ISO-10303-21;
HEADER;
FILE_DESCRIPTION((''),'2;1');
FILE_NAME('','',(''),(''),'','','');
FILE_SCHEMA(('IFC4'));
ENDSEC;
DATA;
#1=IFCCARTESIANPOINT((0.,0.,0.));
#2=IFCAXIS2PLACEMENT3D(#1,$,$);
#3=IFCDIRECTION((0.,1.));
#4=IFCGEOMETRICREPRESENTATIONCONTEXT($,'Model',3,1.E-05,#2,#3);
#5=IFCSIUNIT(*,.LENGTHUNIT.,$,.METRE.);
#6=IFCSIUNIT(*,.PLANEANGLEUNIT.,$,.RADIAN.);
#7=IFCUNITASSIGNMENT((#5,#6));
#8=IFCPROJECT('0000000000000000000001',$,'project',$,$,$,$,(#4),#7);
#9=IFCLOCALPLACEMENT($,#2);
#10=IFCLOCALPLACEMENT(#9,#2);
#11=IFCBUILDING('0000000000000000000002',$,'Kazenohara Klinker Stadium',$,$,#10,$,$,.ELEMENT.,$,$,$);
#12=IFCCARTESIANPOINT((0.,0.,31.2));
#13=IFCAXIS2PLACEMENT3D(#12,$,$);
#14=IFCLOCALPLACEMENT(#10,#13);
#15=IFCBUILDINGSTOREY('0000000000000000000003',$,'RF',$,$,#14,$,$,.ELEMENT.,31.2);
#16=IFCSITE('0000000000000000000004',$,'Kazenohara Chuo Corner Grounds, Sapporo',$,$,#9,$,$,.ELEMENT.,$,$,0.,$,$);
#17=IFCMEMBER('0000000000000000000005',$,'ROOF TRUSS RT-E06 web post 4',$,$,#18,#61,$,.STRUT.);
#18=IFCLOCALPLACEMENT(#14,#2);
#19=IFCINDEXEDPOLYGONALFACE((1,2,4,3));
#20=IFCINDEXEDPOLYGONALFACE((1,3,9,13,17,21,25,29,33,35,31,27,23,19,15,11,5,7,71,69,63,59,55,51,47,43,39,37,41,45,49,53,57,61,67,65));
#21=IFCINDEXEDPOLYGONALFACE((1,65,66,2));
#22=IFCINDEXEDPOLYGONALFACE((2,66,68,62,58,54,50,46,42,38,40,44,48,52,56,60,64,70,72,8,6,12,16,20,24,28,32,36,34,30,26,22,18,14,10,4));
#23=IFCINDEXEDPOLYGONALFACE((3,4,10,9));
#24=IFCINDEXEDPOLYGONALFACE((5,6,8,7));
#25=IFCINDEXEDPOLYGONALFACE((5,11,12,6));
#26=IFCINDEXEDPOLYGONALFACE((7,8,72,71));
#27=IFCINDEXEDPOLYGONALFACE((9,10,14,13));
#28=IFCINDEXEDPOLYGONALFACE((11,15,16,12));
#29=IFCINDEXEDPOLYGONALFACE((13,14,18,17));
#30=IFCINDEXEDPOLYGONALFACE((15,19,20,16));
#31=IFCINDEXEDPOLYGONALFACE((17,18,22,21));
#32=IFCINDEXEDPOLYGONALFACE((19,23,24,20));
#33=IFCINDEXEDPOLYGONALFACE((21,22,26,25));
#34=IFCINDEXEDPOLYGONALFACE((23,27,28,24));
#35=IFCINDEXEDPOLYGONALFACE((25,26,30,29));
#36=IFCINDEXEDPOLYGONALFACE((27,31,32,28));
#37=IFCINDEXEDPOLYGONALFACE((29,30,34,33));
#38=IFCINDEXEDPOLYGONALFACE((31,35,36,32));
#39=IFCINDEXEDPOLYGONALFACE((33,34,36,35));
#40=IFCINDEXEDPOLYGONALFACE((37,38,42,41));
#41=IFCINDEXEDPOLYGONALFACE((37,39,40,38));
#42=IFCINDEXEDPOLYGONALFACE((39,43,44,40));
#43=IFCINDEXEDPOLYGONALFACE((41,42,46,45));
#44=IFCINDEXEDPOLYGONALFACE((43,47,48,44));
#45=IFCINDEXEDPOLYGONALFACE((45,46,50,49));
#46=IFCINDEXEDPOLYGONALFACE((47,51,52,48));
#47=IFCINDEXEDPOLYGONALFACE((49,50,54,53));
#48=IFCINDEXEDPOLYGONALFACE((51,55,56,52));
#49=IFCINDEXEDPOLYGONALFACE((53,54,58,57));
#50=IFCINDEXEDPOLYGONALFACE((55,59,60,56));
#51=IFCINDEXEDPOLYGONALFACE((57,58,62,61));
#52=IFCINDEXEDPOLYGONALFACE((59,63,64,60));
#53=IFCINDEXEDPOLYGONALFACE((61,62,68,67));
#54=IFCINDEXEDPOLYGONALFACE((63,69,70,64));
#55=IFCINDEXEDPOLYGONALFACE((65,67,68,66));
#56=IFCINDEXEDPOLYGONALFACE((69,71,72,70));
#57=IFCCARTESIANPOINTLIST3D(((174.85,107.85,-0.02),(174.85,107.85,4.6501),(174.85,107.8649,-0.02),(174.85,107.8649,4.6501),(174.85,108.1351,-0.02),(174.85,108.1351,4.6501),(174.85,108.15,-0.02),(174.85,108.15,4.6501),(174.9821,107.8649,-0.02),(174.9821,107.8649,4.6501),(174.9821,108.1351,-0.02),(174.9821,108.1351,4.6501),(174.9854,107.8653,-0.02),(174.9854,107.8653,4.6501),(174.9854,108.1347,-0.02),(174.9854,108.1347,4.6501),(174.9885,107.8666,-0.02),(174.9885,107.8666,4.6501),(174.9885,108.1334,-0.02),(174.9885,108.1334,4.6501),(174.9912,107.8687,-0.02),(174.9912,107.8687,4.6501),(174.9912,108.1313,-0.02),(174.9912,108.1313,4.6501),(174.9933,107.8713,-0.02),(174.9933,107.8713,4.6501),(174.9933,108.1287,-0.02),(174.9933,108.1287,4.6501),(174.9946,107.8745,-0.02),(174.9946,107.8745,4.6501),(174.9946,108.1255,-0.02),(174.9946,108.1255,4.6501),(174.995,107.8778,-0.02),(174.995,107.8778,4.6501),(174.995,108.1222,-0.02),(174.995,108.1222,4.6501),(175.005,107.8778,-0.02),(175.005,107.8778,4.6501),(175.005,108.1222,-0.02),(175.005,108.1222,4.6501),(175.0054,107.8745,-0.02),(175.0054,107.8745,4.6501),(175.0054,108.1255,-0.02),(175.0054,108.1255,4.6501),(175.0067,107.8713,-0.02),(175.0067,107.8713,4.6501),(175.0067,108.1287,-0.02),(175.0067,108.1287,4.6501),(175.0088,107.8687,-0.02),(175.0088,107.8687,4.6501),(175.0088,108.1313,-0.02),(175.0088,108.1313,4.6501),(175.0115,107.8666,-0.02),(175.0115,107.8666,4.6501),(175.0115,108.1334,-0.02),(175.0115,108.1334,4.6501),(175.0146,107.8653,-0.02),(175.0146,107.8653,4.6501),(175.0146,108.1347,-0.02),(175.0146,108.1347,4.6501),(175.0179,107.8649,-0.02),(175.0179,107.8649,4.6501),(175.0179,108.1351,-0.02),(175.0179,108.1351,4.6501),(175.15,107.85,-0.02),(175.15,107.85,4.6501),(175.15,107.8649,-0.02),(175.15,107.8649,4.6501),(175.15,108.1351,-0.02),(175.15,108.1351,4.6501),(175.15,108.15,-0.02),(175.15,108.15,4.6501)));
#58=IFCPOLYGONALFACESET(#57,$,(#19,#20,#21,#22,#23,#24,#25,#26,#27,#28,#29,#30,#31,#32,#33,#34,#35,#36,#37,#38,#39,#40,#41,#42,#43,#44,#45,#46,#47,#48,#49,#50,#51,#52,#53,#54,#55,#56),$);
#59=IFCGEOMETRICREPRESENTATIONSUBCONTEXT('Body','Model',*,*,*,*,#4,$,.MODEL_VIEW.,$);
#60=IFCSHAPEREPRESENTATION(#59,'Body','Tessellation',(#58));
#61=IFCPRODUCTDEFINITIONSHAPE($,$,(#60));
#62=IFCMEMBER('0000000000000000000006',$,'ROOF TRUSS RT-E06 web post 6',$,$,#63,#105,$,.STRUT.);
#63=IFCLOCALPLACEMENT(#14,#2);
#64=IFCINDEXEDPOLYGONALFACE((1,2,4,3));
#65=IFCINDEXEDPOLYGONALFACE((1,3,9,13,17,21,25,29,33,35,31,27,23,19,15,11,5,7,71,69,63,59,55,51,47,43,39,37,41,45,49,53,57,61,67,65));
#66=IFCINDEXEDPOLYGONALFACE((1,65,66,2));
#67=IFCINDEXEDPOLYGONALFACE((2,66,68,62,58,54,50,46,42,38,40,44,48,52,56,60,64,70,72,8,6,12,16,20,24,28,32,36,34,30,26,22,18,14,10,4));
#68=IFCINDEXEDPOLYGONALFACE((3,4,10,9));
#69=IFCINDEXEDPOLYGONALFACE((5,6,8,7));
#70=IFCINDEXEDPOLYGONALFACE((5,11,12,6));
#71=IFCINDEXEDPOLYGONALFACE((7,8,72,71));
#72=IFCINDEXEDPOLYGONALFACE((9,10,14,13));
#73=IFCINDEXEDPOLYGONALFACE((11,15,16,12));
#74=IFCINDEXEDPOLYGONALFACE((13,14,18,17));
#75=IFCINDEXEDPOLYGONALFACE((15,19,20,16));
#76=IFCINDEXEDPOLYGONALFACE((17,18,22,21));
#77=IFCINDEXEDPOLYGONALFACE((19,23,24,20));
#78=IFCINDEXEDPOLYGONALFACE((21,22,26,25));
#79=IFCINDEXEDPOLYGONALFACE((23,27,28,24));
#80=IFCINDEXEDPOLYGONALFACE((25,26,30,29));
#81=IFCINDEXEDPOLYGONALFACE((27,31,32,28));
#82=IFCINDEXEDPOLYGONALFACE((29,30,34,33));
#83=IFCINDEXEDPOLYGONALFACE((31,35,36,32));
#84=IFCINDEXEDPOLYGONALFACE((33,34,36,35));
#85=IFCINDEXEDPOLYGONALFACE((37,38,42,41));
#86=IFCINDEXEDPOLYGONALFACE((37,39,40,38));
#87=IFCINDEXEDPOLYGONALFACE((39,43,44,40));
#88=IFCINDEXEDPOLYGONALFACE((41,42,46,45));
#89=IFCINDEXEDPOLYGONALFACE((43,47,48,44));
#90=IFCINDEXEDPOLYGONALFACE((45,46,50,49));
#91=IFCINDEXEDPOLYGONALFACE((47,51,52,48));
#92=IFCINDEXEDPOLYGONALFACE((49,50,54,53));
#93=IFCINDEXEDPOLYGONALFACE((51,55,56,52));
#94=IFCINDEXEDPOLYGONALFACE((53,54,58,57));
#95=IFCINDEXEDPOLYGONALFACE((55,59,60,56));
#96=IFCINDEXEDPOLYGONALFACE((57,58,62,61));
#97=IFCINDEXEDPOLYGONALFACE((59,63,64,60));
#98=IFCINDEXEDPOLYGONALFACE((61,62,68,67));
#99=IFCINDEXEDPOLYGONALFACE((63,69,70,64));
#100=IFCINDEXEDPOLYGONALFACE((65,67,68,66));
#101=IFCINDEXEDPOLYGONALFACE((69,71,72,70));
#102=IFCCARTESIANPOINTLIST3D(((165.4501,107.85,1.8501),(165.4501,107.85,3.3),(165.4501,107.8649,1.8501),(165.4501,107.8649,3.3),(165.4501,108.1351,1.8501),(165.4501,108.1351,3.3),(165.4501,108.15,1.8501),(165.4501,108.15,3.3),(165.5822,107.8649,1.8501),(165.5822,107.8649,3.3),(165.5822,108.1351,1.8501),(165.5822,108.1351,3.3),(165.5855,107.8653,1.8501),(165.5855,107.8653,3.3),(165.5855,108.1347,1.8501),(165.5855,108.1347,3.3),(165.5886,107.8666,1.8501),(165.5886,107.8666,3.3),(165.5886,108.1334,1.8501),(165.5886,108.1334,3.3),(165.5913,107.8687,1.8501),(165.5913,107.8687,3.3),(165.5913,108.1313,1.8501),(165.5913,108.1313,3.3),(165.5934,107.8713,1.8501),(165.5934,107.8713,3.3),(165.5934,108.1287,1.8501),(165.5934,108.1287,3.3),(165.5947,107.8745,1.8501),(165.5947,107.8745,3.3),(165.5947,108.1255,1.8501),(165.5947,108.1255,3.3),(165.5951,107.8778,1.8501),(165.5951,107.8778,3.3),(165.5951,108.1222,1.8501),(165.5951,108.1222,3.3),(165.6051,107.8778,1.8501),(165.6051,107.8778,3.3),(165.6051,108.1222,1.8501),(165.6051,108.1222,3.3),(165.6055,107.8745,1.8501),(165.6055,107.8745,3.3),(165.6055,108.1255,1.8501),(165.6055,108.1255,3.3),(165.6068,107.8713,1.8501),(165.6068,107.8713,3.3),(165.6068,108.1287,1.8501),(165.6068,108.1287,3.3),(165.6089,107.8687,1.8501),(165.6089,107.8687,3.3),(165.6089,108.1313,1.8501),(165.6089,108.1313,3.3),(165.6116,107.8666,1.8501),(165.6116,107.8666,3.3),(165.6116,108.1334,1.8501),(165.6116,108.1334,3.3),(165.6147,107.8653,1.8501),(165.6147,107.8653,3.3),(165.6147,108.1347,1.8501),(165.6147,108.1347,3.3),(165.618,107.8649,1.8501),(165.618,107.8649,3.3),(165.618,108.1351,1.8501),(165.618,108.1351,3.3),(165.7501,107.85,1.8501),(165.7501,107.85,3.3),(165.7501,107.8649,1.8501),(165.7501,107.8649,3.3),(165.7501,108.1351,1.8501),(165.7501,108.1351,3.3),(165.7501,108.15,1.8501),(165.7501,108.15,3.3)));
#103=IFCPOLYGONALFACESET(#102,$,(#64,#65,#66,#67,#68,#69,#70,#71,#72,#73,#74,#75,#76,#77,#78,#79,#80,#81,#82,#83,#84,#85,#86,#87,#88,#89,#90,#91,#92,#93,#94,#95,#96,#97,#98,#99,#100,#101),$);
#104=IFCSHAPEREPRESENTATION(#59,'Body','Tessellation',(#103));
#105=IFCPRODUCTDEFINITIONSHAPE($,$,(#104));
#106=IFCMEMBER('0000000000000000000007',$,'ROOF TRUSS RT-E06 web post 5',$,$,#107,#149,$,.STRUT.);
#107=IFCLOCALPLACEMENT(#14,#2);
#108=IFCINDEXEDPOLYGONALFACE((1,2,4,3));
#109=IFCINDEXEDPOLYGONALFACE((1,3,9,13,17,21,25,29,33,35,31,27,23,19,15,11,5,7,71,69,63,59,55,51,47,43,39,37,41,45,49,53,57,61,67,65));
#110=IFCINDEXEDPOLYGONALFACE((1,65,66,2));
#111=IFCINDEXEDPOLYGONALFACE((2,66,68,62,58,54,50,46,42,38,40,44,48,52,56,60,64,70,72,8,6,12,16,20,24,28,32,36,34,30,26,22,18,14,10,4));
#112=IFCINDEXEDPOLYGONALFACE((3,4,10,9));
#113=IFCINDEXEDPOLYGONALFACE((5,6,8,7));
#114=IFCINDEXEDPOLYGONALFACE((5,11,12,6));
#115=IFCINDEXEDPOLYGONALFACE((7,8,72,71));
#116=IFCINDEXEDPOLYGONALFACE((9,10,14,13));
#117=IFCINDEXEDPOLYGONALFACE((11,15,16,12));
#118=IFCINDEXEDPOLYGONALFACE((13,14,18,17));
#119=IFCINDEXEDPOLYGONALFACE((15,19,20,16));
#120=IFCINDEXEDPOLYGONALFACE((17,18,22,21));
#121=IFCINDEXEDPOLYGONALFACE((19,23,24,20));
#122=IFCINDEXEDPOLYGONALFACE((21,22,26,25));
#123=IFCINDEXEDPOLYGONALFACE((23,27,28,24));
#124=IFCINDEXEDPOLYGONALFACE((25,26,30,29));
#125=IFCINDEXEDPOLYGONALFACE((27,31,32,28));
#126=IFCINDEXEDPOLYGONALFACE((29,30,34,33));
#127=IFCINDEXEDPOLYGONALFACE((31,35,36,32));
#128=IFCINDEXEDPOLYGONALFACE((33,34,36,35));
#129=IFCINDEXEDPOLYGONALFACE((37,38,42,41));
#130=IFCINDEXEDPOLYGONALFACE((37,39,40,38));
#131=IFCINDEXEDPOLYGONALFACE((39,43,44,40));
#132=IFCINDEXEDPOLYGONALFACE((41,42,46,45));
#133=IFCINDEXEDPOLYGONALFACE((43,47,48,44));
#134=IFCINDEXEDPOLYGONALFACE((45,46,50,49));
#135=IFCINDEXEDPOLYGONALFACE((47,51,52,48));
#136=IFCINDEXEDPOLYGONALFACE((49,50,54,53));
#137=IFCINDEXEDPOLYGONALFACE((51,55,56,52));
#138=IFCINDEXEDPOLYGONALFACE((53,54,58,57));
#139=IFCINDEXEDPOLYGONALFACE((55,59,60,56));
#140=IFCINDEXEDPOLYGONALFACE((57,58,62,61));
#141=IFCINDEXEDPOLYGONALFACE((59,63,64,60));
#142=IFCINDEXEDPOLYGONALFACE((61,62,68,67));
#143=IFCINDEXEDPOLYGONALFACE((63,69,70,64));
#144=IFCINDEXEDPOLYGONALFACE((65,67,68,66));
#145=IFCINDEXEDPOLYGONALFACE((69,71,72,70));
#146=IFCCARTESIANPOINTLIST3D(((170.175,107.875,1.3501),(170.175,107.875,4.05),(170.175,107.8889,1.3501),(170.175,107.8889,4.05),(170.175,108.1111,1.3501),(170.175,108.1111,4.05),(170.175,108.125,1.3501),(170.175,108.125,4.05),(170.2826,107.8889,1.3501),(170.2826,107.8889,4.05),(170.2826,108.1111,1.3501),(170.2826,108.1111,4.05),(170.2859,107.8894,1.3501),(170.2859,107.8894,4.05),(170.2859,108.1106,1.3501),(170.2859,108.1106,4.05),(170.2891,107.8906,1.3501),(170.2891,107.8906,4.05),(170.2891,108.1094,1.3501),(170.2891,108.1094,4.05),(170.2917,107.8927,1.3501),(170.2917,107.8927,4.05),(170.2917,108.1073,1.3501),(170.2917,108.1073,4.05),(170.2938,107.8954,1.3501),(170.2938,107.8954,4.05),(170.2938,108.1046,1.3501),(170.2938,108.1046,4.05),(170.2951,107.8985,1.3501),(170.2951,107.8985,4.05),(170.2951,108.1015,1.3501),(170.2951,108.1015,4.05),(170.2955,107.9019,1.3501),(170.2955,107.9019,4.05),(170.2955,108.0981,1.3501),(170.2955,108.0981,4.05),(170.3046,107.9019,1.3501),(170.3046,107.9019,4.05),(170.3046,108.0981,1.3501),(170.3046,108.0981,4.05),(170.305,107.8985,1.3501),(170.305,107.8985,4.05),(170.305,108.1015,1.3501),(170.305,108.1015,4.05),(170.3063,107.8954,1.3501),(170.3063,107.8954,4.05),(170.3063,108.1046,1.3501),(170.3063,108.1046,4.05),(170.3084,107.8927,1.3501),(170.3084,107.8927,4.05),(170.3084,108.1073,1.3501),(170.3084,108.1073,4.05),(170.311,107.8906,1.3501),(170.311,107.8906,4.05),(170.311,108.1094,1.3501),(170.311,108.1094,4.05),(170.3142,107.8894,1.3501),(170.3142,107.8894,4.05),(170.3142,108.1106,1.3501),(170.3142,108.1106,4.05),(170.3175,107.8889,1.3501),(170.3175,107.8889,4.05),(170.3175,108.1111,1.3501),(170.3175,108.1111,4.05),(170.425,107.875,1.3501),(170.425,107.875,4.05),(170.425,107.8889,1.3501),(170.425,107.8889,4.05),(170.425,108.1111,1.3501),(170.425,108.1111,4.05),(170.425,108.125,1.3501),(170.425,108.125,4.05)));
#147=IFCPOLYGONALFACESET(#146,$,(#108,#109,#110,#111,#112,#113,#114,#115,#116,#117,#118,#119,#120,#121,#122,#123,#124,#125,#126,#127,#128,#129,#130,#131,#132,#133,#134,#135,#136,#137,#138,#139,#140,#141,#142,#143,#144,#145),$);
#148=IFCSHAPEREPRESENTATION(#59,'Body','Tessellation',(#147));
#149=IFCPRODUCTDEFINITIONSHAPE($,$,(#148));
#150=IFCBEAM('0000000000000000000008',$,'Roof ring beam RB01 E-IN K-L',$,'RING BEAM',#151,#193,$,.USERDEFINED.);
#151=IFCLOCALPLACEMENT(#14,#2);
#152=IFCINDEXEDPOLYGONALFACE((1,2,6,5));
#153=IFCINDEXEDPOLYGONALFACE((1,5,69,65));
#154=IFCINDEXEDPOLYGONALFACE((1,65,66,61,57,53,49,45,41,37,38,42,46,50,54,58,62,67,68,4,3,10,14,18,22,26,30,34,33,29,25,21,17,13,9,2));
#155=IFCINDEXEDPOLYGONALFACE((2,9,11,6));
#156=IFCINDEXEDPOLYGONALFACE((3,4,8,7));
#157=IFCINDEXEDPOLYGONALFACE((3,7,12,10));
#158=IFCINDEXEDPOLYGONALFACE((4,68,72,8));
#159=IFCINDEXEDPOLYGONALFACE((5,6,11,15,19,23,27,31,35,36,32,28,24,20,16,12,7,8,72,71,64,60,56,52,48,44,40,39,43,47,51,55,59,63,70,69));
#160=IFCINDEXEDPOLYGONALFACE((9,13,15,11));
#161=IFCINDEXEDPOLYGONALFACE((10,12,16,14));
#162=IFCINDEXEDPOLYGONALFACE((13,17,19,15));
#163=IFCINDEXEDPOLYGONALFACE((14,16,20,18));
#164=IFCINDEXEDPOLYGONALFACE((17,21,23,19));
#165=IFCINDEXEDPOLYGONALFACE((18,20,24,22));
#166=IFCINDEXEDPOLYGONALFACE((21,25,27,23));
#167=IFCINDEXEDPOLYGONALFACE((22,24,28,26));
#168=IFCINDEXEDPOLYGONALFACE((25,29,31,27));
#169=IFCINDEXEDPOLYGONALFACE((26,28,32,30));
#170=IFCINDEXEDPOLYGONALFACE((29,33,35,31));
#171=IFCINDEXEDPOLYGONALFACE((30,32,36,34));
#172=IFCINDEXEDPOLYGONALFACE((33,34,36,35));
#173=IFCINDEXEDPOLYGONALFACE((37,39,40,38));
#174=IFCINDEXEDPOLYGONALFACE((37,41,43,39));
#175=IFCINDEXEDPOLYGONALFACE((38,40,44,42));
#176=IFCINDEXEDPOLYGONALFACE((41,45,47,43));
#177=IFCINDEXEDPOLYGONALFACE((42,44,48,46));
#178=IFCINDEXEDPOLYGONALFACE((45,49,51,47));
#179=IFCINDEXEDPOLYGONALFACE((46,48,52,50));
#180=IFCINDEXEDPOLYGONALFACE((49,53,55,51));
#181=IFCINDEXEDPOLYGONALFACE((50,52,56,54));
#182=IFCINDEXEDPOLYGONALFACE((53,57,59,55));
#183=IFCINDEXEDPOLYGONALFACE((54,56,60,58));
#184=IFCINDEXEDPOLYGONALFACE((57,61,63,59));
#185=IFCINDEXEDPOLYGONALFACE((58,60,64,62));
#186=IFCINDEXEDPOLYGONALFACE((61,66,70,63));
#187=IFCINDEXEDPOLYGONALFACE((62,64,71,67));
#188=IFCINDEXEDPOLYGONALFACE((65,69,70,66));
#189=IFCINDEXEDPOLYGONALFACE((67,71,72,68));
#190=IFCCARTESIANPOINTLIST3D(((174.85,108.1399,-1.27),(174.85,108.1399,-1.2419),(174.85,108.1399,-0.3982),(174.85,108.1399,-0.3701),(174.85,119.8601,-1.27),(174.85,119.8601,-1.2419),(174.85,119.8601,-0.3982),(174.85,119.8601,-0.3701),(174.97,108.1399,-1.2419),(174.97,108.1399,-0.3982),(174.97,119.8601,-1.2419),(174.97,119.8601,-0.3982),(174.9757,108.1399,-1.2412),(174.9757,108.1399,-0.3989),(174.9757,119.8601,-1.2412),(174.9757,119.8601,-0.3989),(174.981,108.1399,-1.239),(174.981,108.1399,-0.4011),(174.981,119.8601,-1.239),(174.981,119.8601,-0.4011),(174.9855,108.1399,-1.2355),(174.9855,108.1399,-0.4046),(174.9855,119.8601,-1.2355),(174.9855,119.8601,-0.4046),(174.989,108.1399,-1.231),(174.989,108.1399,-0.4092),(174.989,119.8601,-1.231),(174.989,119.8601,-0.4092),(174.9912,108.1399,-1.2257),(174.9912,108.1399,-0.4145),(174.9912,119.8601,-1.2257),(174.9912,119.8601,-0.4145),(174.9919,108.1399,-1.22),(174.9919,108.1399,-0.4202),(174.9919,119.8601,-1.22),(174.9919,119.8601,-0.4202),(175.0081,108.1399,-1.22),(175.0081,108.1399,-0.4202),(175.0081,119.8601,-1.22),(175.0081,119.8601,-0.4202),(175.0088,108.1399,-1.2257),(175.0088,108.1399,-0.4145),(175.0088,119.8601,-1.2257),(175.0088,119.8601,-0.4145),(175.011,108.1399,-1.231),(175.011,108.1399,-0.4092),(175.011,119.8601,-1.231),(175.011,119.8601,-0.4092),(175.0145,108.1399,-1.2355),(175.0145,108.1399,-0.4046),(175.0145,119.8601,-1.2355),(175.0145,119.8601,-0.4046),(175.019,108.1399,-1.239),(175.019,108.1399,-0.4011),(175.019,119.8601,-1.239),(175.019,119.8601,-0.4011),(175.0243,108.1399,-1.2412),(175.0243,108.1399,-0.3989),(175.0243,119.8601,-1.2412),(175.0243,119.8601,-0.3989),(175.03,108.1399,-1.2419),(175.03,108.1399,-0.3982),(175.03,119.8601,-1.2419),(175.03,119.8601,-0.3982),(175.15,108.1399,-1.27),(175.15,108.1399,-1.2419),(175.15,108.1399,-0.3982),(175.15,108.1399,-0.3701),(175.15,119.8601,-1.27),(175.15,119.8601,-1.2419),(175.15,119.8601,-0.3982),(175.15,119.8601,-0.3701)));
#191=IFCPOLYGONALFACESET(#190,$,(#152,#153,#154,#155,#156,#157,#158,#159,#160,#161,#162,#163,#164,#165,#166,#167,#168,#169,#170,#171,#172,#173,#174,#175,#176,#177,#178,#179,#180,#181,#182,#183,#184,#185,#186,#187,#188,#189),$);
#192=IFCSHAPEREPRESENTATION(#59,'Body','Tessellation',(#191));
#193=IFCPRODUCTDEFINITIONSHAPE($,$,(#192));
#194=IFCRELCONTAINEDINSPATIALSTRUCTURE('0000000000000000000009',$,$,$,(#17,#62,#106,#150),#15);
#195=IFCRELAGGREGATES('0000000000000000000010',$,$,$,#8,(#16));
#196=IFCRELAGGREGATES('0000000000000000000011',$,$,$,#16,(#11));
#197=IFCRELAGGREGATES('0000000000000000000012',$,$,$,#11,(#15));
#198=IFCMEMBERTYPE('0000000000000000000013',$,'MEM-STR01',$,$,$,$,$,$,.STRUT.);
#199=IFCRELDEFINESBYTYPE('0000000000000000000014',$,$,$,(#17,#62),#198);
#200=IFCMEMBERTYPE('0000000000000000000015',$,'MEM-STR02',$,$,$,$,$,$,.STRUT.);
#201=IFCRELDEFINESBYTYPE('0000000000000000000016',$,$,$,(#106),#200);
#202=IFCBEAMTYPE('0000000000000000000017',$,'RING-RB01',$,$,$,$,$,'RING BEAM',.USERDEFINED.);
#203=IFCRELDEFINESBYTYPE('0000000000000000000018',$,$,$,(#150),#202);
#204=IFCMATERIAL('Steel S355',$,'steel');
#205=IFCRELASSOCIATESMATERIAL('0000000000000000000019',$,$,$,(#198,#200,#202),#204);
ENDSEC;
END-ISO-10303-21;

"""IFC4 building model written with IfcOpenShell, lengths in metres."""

from ifc_helpers import new_model, si_unit, direction, frame, origin, origin_2d, place, context, subcontext, project, spatial, i_section, extrude, material, material_profile, profile_set, type_object, element, save


model = new_model("IFC4")

# Units and contexts
model_context = context("Model", 3, precision=1e-05, world=origin(), true_north=direction((0.0, 1.0)))
body_context = subcontext(model_context, "Body", "Model", "MODEL_VIEW")
ifc_project = project(units=[si_unit("LENGTHUNIT", "METRE"), si_unit("PLANEANGLEUNIT", "RADIAN")], contexts=[model_context])

# Site, building, storey
site_placement = place(None, origin())
site = spatial("IfcSite", under=ifc_project, at=site_placement, Name="Kazenohara Chuo Corner Grounds, Sapporo", CompositionType="ELEMENT", RefElevation=0.0)
building_placement = place(site_placement, origin())
building = spatial("IfcBuilding", under=site, at=building_placement, Name="Kazenohara Klinker Stadium", CompositionType="ELEMENT")
storey_placement = place(building_placement, frame((0.0, 0.0, 31.2)))
storey = spatial("IfcBuildingStorey", under=building, at=storey_placement, Name="RF", CompositionType="ELEMENT", Elevation=31.2)

# Members
ifc_material_1 = material(Name="Steel S355", Category="steel")
ifc_material_profile_1 = material_profile(ifc_material_1, i_section(OverallWidth=0.3, OverallDepth=0.3, WebThickness=0.01, FlangeThickness=0.0149, FilletRadius=0.0129, at=origin_2d()), Name="H-300x300x10x15")
ifc_profile_set_1 = profile_set([ifc_material_profile_1], Name="Steel S355")
member_type_1 = type_object("IfcMemberType", Name="MEM-STR01", PredefinedType="STRUT", material=ifc_profile_set_1)
member_1_placement = place(storey_placement, frame((175.0, 108.0, -0.02), z_axis=(0.0, 0.0, 1.0), x_axis=(1.0, 0.0, 0.0)))
element("IfcMember", 1, at=member_1_placement, inside=storey, type_object=member_type_1, Name="ROOF TRUSS RT-E06 web post 4", PredefinedType="STRUT", context=body_context, shape_type="SweptSolid", body=[
    extrude(i_section(OverallWidth=0.3, OverallDepth=0.3, WebThickness=0.01, FlangeThickness=0.0149, FilletRadius=0.0129, at=origin_2d()), origin(), (0.0, 0.0, 1.0), 4.6702),
])
member_2_placement = place(storey_placement, frame((165.6001, 108.0, 1.8501), z_axis=(0.0, 0.0, 1.0), x_axis=(1.0, 0.0, 0.0)))
element("IfcMember", 2, at=member_2_placement, inside=storey, type_object=member_type_1, Name="ROOF TRUSS RT-E06 web post 6", PredefinedType="STRUT", context=body_context, shape_type="SweptSolid", body=[
    extrude(i_section(OverallWidth=0.3, OverallDepth=0.3, WebThickness=0.01, FlangeThickness=0.0149, FilletRadius=0.0129, at=origin_2d()), origin(), (0.0, 0.0, 1.0), 1.45),
])
ifc_material_profile_2 = material_profile(ifc_material_1, i_section(OverallWidth=0.25, OverallDepth=0.25, WebThickness=0.009, FlangeThickness=0.0139, FilletRadius=0.0129, at=origin_2d()), Name="H-250x250x9x14")
ifc_profile_set_2 = profile_set([ifc_material_profile_2], Name="Steel S355")
member_type_2 = type_object("IfcMemberType", Name="MEM-STR02", PredefinedType="STRUT", material=ifc_profile_set_2)
member_3_placement = place(storey_placement, frame((170.3, 108.0, 1.3501), z_axis=(0.0, 0.0, 1.0), x_axis=(1.0, 0.0, 0.0)))
element("IfcMember", 3, at=member_3_placement, inside=storey, type_object=member_type_2, Name="ROOF TRUSS RT-E06 web post 5", PredefinedType="STRUT", context=body_context, shape_type="SweptSolid", body=[
    extrude(i_section(OverallWidth=0.25, OverallDepth=0.25, WebThickness=0.009, FlangeThickness=0.0139, FilletRadius=0.0129, at=origin_2d()), origin(), (0.0, 0.0, 1.0), 2.7),
])

# Beam
ifc_material_profile_3 = material_profile(ifc_material_1, i_section(OverallWidth=0.3, OverallDepth=0.8999, WebThickness=0.0161, FlangeThickness=0.0281, FilletRadius=0.022, at=origin_2d()), Name="H-900x300x16x28")
ifc_profile_set_3 = profile_set([ifc_material_profile_3], Name="Steel S355")
beam_type = type_object("IfcBeamType", Name="RING-RB01", ElementType="RING BEAM", PredefinedType="USERDEFINED", material=ifc_profile_set_3)
beam_placement = place(storey_placement, frame((175.0, 108.1399, -0.8201), z_axis=(0.0, 1.0, 0.0), x_axis=(-1.0, 0.0, 0.0)))
element("IfcBeam", 4, at=beam_placement, inside=storey, type_object=beam_type, Name="Roof ring beam RB01 E-IN K-L", ObjectType="RING BEAM", PredefinedType="USERDEFINED", context=body_context, shape_type="SweptSolid", body=[
    extrude(i_section(OverallWidth=0.3, OverallDepth=0.8999, WebThickness=0.0161, FlangeThickness=0.0281, FilletRadius=0.022, at=origin_2d()), origin(), (0.0, 0.0, 1.0), 11.7202),
])

save(model, "model.ifc")
